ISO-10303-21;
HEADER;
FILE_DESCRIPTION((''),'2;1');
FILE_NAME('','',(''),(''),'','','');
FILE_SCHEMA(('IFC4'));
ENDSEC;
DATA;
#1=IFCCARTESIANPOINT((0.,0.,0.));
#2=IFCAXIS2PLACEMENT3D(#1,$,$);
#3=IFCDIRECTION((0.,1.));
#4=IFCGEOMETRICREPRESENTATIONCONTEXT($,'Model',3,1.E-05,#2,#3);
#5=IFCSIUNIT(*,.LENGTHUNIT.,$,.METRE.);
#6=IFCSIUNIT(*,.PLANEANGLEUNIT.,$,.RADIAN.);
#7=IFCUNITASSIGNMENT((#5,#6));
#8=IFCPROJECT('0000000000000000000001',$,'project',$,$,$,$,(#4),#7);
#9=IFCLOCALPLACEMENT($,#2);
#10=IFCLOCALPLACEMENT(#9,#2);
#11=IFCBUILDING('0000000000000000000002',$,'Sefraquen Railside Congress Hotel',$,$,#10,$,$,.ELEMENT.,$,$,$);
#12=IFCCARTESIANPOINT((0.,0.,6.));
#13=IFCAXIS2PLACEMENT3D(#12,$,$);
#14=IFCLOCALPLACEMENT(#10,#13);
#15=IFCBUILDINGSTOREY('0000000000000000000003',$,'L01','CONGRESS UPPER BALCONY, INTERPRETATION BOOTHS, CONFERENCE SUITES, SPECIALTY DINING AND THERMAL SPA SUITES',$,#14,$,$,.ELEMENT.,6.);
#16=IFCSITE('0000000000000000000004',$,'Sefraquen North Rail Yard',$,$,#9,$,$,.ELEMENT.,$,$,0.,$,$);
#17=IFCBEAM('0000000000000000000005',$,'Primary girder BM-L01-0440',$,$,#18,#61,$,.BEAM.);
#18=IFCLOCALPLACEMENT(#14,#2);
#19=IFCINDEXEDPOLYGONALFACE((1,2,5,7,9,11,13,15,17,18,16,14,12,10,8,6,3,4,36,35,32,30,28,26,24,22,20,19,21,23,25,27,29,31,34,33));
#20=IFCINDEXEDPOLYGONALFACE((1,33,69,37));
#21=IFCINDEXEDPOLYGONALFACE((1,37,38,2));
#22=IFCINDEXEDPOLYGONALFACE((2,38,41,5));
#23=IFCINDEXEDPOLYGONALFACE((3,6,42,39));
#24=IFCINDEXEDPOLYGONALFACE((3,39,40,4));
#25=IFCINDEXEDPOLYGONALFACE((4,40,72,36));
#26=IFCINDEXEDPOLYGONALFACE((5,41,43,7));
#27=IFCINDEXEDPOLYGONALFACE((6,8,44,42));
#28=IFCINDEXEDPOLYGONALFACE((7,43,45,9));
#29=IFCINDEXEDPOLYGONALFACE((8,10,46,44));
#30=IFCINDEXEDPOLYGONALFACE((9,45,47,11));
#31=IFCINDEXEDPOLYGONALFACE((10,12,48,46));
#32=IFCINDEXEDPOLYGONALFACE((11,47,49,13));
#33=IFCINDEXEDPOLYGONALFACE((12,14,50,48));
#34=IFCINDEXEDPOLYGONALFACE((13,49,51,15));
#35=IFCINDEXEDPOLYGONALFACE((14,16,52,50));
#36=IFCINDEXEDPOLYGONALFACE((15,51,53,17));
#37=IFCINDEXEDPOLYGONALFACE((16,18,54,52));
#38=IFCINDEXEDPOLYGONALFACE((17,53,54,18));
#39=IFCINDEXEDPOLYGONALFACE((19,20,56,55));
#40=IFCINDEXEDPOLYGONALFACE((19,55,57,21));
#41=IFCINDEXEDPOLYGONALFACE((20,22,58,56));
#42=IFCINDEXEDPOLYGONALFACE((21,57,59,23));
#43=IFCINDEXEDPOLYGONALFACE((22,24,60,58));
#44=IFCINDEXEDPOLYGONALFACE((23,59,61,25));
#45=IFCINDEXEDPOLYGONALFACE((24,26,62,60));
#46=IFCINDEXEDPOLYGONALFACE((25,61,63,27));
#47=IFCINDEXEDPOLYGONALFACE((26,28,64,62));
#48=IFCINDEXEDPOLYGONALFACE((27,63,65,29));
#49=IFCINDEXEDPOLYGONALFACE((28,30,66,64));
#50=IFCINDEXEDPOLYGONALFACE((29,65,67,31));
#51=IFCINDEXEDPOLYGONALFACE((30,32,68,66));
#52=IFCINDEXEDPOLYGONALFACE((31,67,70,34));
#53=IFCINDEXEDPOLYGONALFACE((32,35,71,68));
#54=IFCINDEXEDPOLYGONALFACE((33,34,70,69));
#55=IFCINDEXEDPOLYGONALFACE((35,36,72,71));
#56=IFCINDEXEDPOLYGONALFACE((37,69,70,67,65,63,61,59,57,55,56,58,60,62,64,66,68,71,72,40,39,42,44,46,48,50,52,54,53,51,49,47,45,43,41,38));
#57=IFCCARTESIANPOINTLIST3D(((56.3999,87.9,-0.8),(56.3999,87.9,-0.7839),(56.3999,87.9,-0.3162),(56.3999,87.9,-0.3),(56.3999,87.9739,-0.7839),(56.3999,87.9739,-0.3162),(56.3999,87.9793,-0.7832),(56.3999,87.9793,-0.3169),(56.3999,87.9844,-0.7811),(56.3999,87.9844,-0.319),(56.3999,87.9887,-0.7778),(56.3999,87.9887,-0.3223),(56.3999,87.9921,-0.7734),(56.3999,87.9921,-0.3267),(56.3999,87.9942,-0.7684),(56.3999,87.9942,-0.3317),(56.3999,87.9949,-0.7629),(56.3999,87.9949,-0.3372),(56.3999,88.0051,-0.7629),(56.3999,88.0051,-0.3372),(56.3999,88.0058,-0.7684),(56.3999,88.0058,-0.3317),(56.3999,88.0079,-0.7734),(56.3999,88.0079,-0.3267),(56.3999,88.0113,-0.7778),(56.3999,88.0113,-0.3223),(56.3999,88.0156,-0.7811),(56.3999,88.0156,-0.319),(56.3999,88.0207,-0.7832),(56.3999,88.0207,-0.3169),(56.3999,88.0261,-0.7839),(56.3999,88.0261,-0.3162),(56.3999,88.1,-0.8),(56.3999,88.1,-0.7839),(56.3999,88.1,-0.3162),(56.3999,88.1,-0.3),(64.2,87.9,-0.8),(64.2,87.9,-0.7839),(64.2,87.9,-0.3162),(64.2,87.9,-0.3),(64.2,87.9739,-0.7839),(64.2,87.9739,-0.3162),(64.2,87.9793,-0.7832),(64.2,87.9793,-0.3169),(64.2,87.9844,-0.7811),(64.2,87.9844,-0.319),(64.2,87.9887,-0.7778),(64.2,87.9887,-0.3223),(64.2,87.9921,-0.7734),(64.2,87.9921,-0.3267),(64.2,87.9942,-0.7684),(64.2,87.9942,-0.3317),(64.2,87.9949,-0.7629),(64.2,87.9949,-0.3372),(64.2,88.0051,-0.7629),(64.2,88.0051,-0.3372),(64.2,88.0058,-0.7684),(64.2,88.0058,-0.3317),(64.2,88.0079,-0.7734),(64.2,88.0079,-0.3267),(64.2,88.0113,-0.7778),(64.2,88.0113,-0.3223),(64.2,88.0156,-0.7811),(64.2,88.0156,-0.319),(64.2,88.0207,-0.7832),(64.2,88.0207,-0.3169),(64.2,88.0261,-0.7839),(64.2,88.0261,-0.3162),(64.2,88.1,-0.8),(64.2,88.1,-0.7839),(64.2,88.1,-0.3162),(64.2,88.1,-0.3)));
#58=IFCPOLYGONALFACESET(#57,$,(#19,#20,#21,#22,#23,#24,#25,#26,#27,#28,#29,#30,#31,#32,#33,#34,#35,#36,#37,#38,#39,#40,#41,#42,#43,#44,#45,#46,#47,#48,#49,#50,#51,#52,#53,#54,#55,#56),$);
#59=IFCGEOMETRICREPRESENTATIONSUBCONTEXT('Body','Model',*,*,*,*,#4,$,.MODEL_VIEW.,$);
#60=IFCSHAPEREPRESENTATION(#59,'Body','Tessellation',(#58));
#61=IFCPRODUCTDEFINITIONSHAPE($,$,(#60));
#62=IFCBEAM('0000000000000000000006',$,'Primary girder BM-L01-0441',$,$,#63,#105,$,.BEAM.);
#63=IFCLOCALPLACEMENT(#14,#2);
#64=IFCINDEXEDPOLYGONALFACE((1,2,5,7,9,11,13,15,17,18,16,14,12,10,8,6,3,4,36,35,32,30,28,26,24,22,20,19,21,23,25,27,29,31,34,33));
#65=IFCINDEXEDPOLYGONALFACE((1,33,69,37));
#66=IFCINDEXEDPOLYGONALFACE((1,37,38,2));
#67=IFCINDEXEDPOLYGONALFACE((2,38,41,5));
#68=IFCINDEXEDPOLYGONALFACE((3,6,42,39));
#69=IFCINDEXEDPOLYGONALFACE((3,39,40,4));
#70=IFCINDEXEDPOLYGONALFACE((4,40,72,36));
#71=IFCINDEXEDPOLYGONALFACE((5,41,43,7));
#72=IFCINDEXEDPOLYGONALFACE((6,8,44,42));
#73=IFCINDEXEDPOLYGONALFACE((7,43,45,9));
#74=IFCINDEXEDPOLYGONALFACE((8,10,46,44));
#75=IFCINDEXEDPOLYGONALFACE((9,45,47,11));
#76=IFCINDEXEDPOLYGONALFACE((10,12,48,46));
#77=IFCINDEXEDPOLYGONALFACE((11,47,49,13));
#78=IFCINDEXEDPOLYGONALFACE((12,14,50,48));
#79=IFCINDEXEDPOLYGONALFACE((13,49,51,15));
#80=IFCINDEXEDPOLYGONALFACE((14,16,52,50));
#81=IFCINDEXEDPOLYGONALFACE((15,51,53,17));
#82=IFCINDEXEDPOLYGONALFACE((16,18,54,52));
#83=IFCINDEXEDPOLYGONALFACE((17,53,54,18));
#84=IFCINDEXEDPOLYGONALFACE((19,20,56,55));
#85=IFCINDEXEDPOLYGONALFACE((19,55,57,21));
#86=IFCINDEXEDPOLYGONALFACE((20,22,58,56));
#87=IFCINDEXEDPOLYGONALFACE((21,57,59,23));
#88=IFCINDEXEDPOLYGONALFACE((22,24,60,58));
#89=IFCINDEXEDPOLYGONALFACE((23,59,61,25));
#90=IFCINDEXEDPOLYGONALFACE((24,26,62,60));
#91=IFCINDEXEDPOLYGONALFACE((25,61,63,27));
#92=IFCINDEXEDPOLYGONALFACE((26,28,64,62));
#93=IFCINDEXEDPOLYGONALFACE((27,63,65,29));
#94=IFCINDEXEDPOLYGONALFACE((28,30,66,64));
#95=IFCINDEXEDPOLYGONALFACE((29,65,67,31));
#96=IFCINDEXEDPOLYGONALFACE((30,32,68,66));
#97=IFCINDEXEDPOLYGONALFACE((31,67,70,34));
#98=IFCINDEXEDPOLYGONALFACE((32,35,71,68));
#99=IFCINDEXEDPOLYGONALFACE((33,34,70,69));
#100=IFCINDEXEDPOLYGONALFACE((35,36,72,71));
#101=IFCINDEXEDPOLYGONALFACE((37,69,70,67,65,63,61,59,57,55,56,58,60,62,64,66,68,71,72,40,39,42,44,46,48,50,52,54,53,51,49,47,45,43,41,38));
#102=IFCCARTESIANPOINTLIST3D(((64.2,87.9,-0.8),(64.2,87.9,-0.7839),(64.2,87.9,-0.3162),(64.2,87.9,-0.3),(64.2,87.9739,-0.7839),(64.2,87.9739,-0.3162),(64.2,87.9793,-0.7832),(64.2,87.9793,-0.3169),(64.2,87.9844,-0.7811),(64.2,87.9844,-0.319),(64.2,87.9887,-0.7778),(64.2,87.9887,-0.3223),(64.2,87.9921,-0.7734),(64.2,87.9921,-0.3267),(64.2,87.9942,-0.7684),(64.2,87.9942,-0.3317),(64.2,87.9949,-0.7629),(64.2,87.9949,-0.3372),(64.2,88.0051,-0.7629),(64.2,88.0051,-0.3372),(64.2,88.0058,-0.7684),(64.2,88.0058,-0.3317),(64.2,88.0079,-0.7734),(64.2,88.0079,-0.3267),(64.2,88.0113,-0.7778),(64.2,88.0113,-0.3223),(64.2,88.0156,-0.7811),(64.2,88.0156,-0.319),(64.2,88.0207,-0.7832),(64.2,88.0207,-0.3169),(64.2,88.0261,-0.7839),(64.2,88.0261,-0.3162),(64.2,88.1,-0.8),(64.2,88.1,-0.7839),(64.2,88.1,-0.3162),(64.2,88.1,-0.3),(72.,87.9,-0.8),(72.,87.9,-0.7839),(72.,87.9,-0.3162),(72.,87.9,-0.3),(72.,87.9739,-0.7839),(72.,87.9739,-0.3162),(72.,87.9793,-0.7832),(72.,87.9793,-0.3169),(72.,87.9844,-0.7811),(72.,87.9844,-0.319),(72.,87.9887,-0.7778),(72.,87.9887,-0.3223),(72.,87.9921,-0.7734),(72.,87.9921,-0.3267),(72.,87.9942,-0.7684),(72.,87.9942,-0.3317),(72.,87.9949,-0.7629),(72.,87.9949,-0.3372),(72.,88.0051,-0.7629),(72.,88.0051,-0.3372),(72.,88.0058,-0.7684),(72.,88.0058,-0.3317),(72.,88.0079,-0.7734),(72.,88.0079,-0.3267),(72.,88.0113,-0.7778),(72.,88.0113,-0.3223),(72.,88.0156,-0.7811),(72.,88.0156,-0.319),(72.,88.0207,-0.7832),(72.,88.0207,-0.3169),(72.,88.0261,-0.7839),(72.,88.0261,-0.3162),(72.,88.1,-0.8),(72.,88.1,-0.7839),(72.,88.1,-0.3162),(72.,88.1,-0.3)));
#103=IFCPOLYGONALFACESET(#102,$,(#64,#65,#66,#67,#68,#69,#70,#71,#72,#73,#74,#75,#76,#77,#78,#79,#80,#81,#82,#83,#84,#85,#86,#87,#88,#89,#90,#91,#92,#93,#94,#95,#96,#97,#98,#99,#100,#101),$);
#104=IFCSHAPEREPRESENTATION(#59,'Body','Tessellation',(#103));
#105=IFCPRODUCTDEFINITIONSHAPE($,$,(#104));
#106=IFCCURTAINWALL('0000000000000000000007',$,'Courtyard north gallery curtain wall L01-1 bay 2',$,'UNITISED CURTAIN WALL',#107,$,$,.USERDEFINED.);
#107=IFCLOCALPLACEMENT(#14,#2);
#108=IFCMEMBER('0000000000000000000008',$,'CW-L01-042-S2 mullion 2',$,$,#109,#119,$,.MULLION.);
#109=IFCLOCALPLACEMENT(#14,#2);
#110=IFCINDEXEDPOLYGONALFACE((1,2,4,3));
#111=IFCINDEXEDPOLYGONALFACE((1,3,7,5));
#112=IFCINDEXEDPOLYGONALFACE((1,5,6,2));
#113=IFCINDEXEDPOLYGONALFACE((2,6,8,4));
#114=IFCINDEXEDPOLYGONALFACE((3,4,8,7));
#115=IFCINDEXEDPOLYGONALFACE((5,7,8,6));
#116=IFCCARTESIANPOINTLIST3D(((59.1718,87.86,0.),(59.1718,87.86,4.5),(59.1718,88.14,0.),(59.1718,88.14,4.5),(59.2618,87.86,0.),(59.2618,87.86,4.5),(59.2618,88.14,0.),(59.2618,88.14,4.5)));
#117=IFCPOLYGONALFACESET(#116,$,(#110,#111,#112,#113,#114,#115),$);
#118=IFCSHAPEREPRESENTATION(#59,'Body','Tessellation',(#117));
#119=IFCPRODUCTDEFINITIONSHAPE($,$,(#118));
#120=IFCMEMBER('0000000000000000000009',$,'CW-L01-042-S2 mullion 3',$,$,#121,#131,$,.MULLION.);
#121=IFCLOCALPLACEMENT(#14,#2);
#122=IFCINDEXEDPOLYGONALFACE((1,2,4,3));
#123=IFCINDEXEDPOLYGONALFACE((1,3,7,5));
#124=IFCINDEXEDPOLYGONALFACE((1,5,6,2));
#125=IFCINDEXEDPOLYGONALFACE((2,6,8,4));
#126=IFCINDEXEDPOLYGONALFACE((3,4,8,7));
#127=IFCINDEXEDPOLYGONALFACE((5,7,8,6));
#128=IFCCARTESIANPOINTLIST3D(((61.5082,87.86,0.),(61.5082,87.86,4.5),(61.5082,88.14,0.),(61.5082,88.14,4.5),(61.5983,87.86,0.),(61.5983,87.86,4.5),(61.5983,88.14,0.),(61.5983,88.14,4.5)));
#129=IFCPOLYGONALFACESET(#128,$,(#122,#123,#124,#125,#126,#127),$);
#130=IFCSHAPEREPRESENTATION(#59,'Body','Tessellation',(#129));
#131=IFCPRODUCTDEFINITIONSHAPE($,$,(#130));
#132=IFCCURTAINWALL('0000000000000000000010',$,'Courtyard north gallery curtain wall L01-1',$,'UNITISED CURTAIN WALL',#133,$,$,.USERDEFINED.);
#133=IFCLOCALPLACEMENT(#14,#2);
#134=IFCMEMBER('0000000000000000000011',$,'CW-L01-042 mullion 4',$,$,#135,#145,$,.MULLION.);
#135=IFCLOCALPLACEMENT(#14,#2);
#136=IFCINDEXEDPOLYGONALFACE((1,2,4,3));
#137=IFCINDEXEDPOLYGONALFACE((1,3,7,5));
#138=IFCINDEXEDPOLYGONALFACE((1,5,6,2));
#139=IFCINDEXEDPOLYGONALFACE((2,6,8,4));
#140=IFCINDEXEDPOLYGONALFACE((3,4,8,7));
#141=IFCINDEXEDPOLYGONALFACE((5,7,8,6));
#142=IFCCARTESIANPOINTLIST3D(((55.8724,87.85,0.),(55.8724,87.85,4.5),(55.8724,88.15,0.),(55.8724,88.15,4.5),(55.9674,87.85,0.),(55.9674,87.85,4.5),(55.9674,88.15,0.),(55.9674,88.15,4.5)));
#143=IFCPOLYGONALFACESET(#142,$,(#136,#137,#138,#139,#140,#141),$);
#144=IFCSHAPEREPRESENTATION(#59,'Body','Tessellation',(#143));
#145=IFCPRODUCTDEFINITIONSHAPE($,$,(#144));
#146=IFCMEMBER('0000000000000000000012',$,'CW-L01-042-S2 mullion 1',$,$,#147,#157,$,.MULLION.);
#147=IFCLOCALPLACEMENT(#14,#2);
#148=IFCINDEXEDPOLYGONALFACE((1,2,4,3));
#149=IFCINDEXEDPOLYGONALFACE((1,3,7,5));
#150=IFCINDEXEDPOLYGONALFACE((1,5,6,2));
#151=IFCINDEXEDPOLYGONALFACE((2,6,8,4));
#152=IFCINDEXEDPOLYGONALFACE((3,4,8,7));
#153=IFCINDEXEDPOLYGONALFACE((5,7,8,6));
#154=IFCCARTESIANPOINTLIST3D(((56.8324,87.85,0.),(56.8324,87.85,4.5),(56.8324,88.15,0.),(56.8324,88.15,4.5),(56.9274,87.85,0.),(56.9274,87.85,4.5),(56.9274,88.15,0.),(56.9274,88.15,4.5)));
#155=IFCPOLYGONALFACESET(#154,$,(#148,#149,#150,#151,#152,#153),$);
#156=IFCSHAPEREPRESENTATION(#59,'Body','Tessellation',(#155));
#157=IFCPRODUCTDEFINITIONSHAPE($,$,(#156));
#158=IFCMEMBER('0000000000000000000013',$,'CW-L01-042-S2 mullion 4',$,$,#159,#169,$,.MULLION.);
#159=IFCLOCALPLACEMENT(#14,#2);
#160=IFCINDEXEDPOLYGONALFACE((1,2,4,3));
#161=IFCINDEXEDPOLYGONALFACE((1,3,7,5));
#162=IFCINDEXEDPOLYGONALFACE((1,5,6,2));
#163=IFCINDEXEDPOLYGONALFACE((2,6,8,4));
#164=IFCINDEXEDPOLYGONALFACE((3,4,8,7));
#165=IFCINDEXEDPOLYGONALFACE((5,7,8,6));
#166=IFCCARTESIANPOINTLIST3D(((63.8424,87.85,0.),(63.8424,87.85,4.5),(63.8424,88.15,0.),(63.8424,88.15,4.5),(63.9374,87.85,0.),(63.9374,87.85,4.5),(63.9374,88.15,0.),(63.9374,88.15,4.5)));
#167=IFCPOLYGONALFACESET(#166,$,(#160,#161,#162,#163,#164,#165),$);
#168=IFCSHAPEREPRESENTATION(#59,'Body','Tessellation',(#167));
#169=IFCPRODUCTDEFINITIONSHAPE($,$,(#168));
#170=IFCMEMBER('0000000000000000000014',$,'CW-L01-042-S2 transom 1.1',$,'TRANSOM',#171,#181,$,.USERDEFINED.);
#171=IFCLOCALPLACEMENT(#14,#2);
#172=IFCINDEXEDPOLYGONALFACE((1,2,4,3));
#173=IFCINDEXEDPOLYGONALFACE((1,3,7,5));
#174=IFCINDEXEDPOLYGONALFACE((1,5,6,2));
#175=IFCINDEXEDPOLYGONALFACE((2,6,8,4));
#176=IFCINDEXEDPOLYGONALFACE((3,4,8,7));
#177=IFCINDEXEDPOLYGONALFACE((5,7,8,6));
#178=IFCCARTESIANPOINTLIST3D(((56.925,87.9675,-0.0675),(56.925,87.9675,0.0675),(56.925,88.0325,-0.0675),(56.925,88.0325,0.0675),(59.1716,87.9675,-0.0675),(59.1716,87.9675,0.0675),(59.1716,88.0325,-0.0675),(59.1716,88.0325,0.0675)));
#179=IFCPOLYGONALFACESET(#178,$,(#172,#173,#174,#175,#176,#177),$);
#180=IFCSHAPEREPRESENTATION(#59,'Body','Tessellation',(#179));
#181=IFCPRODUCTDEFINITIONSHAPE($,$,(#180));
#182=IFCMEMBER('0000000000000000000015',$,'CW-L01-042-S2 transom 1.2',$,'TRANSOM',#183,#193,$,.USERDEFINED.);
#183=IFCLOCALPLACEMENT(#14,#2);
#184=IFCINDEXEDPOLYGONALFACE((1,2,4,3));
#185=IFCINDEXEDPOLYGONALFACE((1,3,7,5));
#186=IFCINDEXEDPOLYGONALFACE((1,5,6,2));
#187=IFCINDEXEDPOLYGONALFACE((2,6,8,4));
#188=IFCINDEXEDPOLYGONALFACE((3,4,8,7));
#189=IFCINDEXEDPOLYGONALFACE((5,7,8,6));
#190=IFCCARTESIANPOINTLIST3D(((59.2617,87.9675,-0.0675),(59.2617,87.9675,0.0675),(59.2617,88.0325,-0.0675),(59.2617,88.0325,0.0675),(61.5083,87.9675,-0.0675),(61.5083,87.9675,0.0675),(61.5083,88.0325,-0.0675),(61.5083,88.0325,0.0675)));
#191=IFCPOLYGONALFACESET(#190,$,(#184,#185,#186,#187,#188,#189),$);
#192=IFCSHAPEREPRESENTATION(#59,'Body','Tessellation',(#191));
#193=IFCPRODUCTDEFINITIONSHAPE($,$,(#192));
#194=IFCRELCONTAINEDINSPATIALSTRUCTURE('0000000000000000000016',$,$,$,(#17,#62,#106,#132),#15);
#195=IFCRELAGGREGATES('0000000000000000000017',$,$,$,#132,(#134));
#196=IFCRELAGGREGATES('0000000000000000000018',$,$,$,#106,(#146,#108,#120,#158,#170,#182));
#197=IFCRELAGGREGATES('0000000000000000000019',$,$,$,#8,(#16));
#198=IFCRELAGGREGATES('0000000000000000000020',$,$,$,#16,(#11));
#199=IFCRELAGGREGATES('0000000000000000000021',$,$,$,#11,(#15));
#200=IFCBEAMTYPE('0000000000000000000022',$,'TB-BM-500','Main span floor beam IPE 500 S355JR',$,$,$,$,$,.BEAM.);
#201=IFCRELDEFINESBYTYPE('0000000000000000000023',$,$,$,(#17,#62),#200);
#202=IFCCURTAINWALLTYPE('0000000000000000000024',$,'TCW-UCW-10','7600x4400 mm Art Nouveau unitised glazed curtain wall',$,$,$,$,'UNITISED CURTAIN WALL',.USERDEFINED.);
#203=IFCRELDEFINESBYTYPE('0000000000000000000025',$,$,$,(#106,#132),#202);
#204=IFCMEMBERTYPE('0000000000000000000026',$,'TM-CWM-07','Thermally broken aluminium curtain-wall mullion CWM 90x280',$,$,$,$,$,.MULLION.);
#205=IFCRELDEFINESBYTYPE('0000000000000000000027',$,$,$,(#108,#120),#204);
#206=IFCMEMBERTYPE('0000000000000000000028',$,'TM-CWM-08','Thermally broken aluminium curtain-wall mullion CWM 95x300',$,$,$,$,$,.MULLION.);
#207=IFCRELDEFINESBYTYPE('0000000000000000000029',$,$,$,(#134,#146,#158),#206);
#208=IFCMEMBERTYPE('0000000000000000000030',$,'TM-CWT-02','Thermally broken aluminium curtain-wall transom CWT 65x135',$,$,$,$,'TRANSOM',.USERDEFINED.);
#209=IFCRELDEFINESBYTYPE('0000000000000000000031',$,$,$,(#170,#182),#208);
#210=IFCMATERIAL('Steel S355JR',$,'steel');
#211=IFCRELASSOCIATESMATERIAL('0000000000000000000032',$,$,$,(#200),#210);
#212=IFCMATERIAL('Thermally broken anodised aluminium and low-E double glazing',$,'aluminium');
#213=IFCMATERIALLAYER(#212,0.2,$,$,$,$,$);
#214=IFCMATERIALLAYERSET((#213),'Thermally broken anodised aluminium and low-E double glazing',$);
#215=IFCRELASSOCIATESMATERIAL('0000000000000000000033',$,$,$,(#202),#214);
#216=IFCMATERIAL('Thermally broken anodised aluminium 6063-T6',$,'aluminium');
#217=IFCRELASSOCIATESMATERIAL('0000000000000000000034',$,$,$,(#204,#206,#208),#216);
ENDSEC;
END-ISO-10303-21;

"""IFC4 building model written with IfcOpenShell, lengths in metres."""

from ifc_helpers import new_model, si_unit, direction, frame, origin, origin_2d, place, context, subcontext, project, spatial, rectangle, i_section, extrude, material, layer, layer_set, material_profile, profile_set, type_object, element, aggregate, save


model = new_model("IFC4")

# Units and contexts
model_context = context("Model", 3, precision=1e-05, world=origin(), true_north=direction((0.0, 1.0)))
body_context = subcontext(model_context, "Body", "Model", "MODEL_VIEW")
ifc_project = project(units=[si_unit("LENGTHUNIT", "METRE"), si_unit("PLANEANGLEUNIT", "RADIAN")], contexts=[model_context])

# Site, building, storey
site_placement = place(None, origin())
site = spatial("IfcSite", under=ifc_project, at=site_placement, Name="Sefraquen North Rail Yard", CompositionType="ELEMENT", RefElevation=0.0)
building_placement = place(site_placement, origin())
building = spatial("IfcBuilding", under=site, at=building_placement, Name="Sefraquen Railside Congress Hotel", CompositionType="ELEMENT")
storey_placement = place(building_placement, frame((0.0, 0.0, 6.0)))
storey = spatial("IfcBuildingStorey", under=building, at=storey_placement, Name="L01", Description="CONGRESS UPPER BALCONY, INTERPRETATION BOOTHS, CONFERENCE SUITES, SPECIALTY DINING AND THERMAL SPA SUITES", CompositionType="ELEMENT", Elevation=6.0)

# Shared definitions
ifc_material_1 = material(Name="Steel S355JR", Category="steel")

# Beams
ifc_material_profile_1 = material_profile(ifc_material_1, i_section(OverallWidth=0.2, OverallDepth=0.5, WebThickness=0.0103, FlangeThickness=0.0161, FilletRadius=0.021, at=origin_2d()), Name="IPE 500")
ifc_profile_set_1 = profile_set([ifc_material_profile_1], Name="Steel S355JR")
beam_type_1 = type_object("IfcBeamType", Name="TB-BM-500", Description="Main span floor beam IPE 500 S355JR", PredefinedType="BEAM", material=ifc_profile_set_1)
for number, where, z_axis, x_axis, name in (
    (1, (56.3999, 88.0, -0.55), (1.0, 0.0, 0.0), (0.0, 1.0, 0.0), "Primary girder BM-L01-0440"),
    (2, (64.2, 88.0, -0.55), (1.0, 0.0, 0.0), (0.0, 1.0, 0.0), "Primary girder BM-L01-0441"),
):
    element("IfcBeam", number, at=place(storey_placement, frame(where, z_axis=z_axis, x_axis=x_axis)), inside=storey, type_object=beam_type_1, Name=name, PredefinedType="BEAM", context=body_context, shape_type="SweptSolid", body=[
        extrude(i_section(OverallWidth=0.2, OverallDepth=0.5, WebThickness=0.0103, FlangeThickness=0.0161, FilletRadius=0.021, at=origin_2d()), origin(), (0.0, 0.0, 1.0), 7.8),
    ])

# Curtain wall, members
ifc_material_2 = material(Name="Thermally broken anodised aluminium and low-E double glazing", Category="aluminium")
ifc_layer_1 = layer(ifc_material_2, 0.2)
ifc_layer_set_1 = layer_set([ifc_layer_1], Name="Thermally broken anodised aluminium and low-E double glazing")
curtain_wall_type = type_object("IfcCurtainWallType", Name="TCW-UCW-10", Description="7600x4400 mm Art Nouveau unitised glazed curtain wall", ElementType="UNITISED CURTAIN WALL", PredefinedType="USERDEFINED", material=ifc_layer_set_1)
curtain_wall_1_placement = place(storey_placement, origin())
curtain_wall_1 = element("IfcCurtainWall", 3, at=curtain_wall_1_placement, inside=storey, type_object=curtain_wall_type, Name="Courtyard north gallery curtain wall L01-1 bay 2", ObjectType="UNITISED CURTAIN WALL", PredefinedType="USERDEFINED")
ifc_material_3 = material(Name="Thermally broken anodised aluminium 6063-T6", Category="aluminium")
ifc_material_profile_2 = material_profile(ifc_material_3, rectangle(XDim=0.0901, YDim=0.28, at=origin_2d()), Name="CWM 90x280")
ifc_profile_set_2 = profile_set([ifc_material_profile_2], Name="Thermally broken anodised aluminium 6063-T6")
member_type_1 = type_object("IfcMemberType", Name="TM-CWM-07", Description="Thermally broken aluminium curtain-wall mullion CWM 90x280", PredefinedType="MULLION", material=ifc_profile_set_2)
member_1_placement = place(storey_placement, frame((59.2168, 88.0, 0.0), z_axis=(0.0, 0.0, 1.0), x_axis=(1.0, 0.0, 0.0)))
member_1 = element("IfcMember", 4, at=member_1_placement, type_object=member_type_1, Name="CW-L01-042-S2 mullion 2", PredefinedType="MULLION", context=body_context, shape_type="SweptSolid", body=[
    extrude(rectangle(XDim=0.0901, YDim=0.28, at=origin_2d()), origin(), (0.0, 0.0, 1.0), 4.5),
])
member_2_placement = place(storey_placement, frame((61.5532, 88.0, 0.0), z_axis=(0.0, 0.0, 1.0), x_axis=(1.0, 0.0, 0.0)))
member_2 = element("IfcMember", 5, at=member_2_placement, type_object=member_type_1, Name="CW-L01-042-S2 mullion 3", PredefinedType="MULLION", context=body_context, shape_type="SweptSolid", body=[
    extrude(rectangle(XDim=0.0901, YDim=0.28, at=origin_2d()), origin(), (0.0, 0.0, 1.0), 4.5),
])

# Curtain wall, member
curtain_wall_2_placement = place(storey_placement, origin())
curtain_wall_2 = element("IfcCurtainWall", 6, at=curtain_wall_2_placement, inside=storey, type_object=curtain_wall_type, Name="Courtyard north gallery curtain wall L01-1", ObjectType="UNITISED CURTAIN WALL", PredefinedType="USERDEFINED")
ifc_material_profile_3 = material_profile(ifc_material_3, rectangle(XDim=0.095, YDim=0.3, at=origin_2d()), Name="CWM 95x300")
ifc_profile_set_3 = profile_set([ifc_material_profile_3], Name="Thermally broken anodised aluminium 6063-T6")
member_type_2 = type_object("IfcMemberType", Name="TM-CWM-08", Description="Thermally broken aluminium curtain-wall mullion CWM 95x300", PredefinedType="MULLION", material=ifc_profile_set_3)
member_3_placement = place(storey_placement, frame((55.9199, 88.0, 0.0), z_axis=(0.0, 0.0, 1.0), x_axis=(1.0, 0.0, 0.0)))
member_3 = element("IfcMember", 7, at=member_3_placement, type_object=member_type_2, Name="CW-L01-042 mullion 4", PredefinedType="MULLION", context=body_context, shape_type="SweptSolid", body=[
    extrude(rectangle(XDim=0.095, YDim=0.3, at=origin_2d()), origin(), (0.0, 0.0, 1.0), 4.5),
])

# Members
member_4_placement = place(storey_placement, frame((56.8799, 88.0, 0.0), z_axis=(0.0, 0.0, 1.0), x_axis=(1.0, 0.0, 0.0)))
member_4 = element("IfcMember", 8, at=member_4_placement, type_object=member_type_2, Name="CW-L01-042-S2 mullion 1", PredefinedType="MULLION", context=body_context, shape_type="SweptSolid", body=[
    extrude(rectangle(XDim=0.095, YDim=0.3, at=origin_2d()), origin(), (0.0, 0.0, 1.0), 4.5),
])
member_5_placement = place(storey_placement, frame((63.8899, 88.0, 0.0), z_axis=(0.0, 0.0, 1.0), x_axis=(1.0, 0.0, 0.0)))
member_5 = element("IfcMember", 9, at=member_5_placement, type_object=member_type_2, Name="CW-L01-042-S2 mullion 4", PredefinedType="MULLION", context=body_context, shape_type="SweptSolid", body=[
    extrude(rectangle(XDim=0.095, YDim=0.3, at=origin_2d()), origin(), (0.0, 0.0, 1.0), 4.5),
])
ifc_material_profile_4 = material_profile(ifc_material_3, rectangle(XDim=0.0649, YDim=0.135, at=origin_2d()), Name="CWT 65x135")
ifc_profile_set_4 = profile_set([ifc_material_profile_4], Name="Thermally broken anodised aluminium 6063-T6")
member_type_3 = type_object("IfcMemberType", Name="TM-CWT-02", Description="Thermally broken aluminium curtain-wall transom CWT 65x135", ElementType="TRANSOM", PredefinedType="USERDEFINED", material=ifc_profile_set_4)
member_6_placement = place(storey_placement, frame((56.925, 88.0, 0.0), z_axis=(1.0, 0.0, 0.0), x_axis=(0.0, 1.0, 0.0)))
member_6 = element("IfcMember", 10, at=member_6_placement, type_object=member_type_3, Name="CW-L01-042-S2 transom 1.1", ObjectType="TRANSOM", PredefinedType="USERDEFINED", context=body_context, shape_type="SweptSolid", body=[
    extrude(rectangle(XDim=0.0649, YDim=0.135, at=origin_2d()), origin(), (0.0, 0.0, 1.0), 2.2466),
])
member_7_placement = place(storey_placement, frame((59.2617, 88.0, 0.0), z_axis=(1.0, 0.0, 0.0), x_axis=(0.0, 1.0, 0.0)))
member_7 = element("IfcMember", 11, at=member_7_placement, type_object=member_type_3, Name="CW-L01-042-S2 transom 1.2", ObjectType="TRANSOM", PredefinedType="USERDEFINED", context=body_context, shape_type="SweptSolid", body=[
    extrude(rectangle(XDim=0.0649, YDim=0.135, at=origin_2d()), origin(), (0.0, 0.0, 1.0), 2.2466),
])

aggregate(curtain_wall_2, [member_3])
aggregate(curtain_wall_1, [member_4, member_1, member_2, member_5, member_6, member_7])

save(model, "model.ifc")
